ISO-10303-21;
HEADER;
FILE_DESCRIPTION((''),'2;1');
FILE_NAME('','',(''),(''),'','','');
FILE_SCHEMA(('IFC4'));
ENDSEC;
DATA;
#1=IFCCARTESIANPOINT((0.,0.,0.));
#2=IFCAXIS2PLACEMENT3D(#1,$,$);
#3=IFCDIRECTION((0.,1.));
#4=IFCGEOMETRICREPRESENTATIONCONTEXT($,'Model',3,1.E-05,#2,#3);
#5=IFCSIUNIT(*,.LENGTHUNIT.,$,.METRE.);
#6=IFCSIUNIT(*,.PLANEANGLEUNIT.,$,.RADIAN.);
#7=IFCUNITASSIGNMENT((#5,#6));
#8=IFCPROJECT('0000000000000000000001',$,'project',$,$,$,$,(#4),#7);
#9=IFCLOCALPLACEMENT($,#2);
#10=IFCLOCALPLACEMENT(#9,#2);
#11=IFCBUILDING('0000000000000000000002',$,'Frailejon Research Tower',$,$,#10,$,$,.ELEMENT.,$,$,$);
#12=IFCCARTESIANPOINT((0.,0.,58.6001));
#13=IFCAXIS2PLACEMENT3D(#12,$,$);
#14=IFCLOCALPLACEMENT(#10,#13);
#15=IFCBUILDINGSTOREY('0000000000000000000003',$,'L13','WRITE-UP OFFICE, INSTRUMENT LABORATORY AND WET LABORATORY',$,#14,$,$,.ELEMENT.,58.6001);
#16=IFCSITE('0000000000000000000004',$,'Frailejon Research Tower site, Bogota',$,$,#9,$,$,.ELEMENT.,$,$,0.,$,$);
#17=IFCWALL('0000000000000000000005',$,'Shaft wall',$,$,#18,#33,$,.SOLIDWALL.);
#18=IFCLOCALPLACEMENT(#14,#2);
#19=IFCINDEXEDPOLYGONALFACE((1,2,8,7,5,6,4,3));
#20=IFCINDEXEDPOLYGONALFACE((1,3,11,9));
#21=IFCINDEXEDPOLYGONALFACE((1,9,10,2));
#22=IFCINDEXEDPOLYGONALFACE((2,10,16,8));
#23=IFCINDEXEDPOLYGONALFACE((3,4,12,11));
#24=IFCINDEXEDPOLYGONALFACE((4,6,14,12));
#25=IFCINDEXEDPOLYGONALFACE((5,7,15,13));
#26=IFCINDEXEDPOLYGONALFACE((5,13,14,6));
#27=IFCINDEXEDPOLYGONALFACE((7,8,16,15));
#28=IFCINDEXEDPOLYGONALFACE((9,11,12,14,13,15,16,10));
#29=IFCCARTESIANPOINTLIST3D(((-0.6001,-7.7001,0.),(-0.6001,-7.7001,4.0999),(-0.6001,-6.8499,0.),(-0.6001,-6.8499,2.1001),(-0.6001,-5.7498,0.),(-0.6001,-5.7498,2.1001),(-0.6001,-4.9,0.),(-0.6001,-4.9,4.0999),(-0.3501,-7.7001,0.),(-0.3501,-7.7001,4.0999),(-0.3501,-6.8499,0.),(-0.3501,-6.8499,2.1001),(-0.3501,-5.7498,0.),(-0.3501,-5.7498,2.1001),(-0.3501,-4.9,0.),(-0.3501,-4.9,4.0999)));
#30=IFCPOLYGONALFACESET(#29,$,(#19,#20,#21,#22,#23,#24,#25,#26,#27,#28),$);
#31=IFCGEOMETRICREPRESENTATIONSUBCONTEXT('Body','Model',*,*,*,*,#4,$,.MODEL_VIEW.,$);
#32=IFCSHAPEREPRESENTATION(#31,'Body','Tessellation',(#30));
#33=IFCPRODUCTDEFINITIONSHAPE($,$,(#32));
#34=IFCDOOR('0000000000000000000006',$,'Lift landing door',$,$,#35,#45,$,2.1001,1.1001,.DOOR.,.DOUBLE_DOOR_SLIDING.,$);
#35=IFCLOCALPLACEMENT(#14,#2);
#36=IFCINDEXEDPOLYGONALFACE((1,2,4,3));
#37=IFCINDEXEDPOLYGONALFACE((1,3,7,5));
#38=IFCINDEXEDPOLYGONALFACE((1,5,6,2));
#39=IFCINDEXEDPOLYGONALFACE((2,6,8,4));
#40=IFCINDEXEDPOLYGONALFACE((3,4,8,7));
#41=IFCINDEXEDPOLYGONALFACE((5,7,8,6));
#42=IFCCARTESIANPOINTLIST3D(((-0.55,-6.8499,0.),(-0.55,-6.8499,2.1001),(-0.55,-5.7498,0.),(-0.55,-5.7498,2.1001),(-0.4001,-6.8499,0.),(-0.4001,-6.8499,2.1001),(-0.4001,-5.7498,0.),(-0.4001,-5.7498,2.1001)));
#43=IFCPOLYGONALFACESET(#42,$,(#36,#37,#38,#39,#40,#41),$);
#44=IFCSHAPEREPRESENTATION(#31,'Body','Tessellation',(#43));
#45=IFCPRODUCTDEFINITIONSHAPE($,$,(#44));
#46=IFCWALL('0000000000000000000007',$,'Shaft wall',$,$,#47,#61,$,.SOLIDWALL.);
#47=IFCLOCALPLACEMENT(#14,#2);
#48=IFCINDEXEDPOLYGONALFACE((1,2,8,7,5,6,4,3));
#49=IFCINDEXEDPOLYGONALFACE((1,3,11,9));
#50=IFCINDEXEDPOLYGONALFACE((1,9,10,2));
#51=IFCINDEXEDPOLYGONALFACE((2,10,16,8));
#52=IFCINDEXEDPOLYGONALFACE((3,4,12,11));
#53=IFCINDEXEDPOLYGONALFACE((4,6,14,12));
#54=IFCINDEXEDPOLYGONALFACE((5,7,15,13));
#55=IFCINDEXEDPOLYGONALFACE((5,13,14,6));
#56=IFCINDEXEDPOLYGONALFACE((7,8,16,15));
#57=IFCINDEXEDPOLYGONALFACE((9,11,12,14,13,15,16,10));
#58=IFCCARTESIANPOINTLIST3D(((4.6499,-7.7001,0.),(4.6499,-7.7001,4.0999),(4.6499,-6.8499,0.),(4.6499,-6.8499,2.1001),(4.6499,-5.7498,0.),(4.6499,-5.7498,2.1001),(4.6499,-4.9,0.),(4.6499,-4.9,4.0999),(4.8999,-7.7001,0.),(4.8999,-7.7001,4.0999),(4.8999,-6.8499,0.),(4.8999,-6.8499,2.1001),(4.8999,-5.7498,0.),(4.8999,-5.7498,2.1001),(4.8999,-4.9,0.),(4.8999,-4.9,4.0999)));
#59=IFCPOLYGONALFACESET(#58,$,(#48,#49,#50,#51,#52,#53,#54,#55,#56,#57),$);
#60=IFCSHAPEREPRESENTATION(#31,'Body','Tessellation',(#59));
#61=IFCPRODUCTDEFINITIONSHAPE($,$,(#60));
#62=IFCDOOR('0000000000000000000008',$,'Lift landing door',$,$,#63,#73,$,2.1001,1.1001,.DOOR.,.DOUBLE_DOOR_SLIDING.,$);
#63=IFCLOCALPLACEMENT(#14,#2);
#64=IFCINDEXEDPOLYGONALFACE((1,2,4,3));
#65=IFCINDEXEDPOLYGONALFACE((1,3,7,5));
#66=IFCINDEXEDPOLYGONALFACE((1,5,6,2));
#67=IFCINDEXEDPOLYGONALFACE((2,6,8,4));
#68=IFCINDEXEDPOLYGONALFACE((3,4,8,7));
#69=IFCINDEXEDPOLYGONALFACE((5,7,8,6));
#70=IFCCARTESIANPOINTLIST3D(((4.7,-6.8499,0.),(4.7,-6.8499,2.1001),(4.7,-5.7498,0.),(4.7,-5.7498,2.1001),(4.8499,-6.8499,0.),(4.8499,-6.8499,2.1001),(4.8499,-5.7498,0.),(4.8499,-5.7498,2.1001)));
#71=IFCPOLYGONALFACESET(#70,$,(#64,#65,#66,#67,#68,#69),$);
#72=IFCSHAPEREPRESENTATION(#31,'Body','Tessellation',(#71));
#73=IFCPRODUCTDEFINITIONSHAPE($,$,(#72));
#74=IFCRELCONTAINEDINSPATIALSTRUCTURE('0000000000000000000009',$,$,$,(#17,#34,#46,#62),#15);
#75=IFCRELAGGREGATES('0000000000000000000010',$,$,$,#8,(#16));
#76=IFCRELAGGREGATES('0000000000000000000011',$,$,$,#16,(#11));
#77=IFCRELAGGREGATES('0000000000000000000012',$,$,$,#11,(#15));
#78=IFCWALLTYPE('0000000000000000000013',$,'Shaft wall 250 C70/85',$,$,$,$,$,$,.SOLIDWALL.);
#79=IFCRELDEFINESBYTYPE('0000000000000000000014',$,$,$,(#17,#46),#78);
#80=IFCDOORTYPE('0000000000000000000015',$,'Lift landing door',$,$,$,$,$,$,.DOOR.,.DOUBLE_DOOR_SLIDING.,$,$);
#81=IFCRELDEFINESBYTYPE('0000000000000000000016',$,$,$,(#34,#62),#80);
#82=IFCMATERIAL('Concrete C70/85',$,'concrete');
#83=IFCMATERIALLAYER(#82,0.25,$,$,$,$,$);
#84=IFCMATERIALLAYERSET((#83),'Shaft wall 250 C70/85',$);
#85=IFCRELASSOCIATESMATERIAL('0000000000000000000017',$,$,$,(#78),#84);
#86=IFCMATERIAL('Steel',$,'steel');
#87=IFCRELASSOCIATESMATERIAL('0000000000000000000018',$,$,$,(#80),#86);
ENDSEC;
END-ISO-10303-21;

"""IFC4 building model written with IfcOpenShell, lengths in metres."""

from ifc_helpers import new_model, si_unit, direction, frame, frame_2d, origin, place, context, subcontext, project, spatial, rectangle, extrude, material, layer, layer_set, type_object, element, fill, save


model = new_model("IFC4")

# Units and contexts
model_context = context("Model", 3, precision=1e-05, world=origin(), true_north=direction((0.0, 1.0)))
body_context = subcontext(model_context, "Body", "Model", "MODEL_VIEW")
ifc_project = project(units=[si_unit("LENGTHUNIT", "METRE"), si_unit("PLANEANGLEUNIT", "RADIAN")], contexts=[model_context])

# Site, building, storey
site_placement = place(None, origin())
site = spatial("IfcSite", under=ifc_project, at=site_placement, Name="Frailejon Research Tower site, Bogota", CompositionType="ELEMENT", RefElevation=0.0)
building_placement = place(site_placement, origin())
building = spatial("IfcBuilding", under=site, at=building_placement, Name="Frailejon Research Tower", CompositionType="ELEMENT")
storey_placement = place(building_placement, frame((0.0, 0.0, 58.6001)))
storey = spatial("IfcBuildingStorey", under=building, at=storey_placement, Name="L13", Description="WRITE-UP OFFICE, INSTRUMENT LABORATORY AND WET LABORATORY", CompositionType="ELEMENT", Elevation=58.6001)

# Walls, openings, doors
ifc_material_1 = material(Name="Concrete C70/85", Category="concrete")
ifc_layer_1 = layer(ifc_material_1, 0.25)
ifc_layer_set_1 = layer_set([ifc_layer_1], Name="Shaft wall 250 C70/85")
wall_type_1 = type_object("IfcWallType", Name="Shaft wall 250 C70/85", PredefinedType="SOLIDWALL", material=ifc_layer_set_1)
wall_1_placement = place(storey_placement, frame((-0.4751, -7.7, 0.0), z_axis=(0.0, 0.0, 1.0), x_axis=(0.0, 1.0, 0.0)))
wall_1 = element("IfcWall", 1, at=wall_1_placement, inside=storey, type_object=wall_type_1, Name="Shaft wall", PredefinedType="SOLIDWALL", context=body_context, shape_type="SweptSolid", body=[
    extrude(rectangle(XDim=2.8, YDim=0.25, at=frame_2d((1.3999, 0.0))), origin(), (0.0, 0.0, 1.0), 4.0999),
])
opening_1_placement = place(wall_1_placement, frame((0.8501, 0.0, 0.0)))
opening_1 = element("IfcOpeningElement", 2, at=opening_1_placement, cuts=wall_1, PredefinedType="OPENING", context=body_context, shape_type="SweptSolid", body=[
    extrude(rectangle(XDim=1.1001, YDim=2.1001, at=frame_2d((0.55, 1.05))), frame((0.0, 0.135, 0.0), z_axis=(0.0, -1.0, 0.0), x_axis=(1.0, 0.0, 0.0)), (0.0, 0.0, 1.0), 0.27),
])
ifc_material_2 = material(Name="Steel", Category="steel")
door_type_1 = type_object("IfcDoorType", Name="Lift landing door", OperationType="DOUBLE_DOOR_SLIDING", PredefinedType="DOOR", material=ifc_material_2)
door_1_placement = place(opening_1_placement, origin())
door_1 = element("IfcDoor", 3, at=door_1_placement, inside=storey, type_object=door_type_1, Name="Lift landing door", OperationType="DOUBLE_DOOR_SLIDING", OverallHeight=2.1001, OverallWidth=1.1001, PredefinedType="DOOR", context=body_context, shape_type="SweptSolid", body=[
    extrude(rectangle(XDim=1.1001, YDim=2.1001, at=frame_2d((0.55, 1.05))), frame((0.0, 0.075, 0.0), z_axis=(0.0, -1.0, 0.0), x_axis=(1.0, 0.0, 0.0)), (0.0, 0.0, 1.0), 0.1499),
])
fill(opening_1, door_1)
wall_2_placement = place(storey_placement, frame((4.7749, -7.7, 0.0), z_axis=(0.0, 0.0, 1.0), x_axis=(0.0, 1.0, 0.0)))
wall_2 = element("IfcWall", 4, at=wall_2_placement, inside=storey, type_object=wall_type_1, Name="Shaft wall", PredefinedType="SOLIDWALL", context=body_context, shape_type="SweptSolid", body=[
    extrude(rectangle(XDim=2.8, YDim=0.25, at=frame_2d((1.3999, 0.0))), origin(), (0.0, 0.0, 1.0), 4.0999),
])
opening_2_placement = place(wall_2_placement, frame((0.8501, 0.0, 0.0)))
opening_2 = element("IfcOpeningElement", 5, at=opening_2_placement, cuts=wall_2, PredefinedType="OPENING", context=body_context, shape_type="SweptSolid", body=[
    extrude(rectangle(XDim=1.1001, YDim=2.1001, at=frame_2d((0.55, 1.05))), frame((0.0, 0.135, 0.0), z_axis=(0.0, -1.0, 0.0), x_axis=(1.0, 0.0, 0.0)), (0.0, 0.0, 1.0), 0.27),
])
door_2_placement = place(opening_2_placement, origin())
door_2 = element("IfcDoor", 6, at=door_2_placement, inside=storey, type_object=door_type_1, Name="Lift landing door", OperationType="DOUBLE_DOOR_SLIDING", OverallHeight=2.1001, OverallWidth=1.1001, PredefinedType="DOOR", context=body_context, shape_type="SweptSolid", body=[
    extrude(rectangle(XDim=1.1001, YDim=2.1001, at=frame_2d((0.55, 1.05))), frame((0.0, 0.075, 0.0), z_axis=(0.0, -1.0, 0.0), x_axis=(1.0, 0.0, 0.0)), (0.0, 0.0, 1.0), 0.1499),
])
fill(opening_2, door_2)

save(model, "model.ifc")
